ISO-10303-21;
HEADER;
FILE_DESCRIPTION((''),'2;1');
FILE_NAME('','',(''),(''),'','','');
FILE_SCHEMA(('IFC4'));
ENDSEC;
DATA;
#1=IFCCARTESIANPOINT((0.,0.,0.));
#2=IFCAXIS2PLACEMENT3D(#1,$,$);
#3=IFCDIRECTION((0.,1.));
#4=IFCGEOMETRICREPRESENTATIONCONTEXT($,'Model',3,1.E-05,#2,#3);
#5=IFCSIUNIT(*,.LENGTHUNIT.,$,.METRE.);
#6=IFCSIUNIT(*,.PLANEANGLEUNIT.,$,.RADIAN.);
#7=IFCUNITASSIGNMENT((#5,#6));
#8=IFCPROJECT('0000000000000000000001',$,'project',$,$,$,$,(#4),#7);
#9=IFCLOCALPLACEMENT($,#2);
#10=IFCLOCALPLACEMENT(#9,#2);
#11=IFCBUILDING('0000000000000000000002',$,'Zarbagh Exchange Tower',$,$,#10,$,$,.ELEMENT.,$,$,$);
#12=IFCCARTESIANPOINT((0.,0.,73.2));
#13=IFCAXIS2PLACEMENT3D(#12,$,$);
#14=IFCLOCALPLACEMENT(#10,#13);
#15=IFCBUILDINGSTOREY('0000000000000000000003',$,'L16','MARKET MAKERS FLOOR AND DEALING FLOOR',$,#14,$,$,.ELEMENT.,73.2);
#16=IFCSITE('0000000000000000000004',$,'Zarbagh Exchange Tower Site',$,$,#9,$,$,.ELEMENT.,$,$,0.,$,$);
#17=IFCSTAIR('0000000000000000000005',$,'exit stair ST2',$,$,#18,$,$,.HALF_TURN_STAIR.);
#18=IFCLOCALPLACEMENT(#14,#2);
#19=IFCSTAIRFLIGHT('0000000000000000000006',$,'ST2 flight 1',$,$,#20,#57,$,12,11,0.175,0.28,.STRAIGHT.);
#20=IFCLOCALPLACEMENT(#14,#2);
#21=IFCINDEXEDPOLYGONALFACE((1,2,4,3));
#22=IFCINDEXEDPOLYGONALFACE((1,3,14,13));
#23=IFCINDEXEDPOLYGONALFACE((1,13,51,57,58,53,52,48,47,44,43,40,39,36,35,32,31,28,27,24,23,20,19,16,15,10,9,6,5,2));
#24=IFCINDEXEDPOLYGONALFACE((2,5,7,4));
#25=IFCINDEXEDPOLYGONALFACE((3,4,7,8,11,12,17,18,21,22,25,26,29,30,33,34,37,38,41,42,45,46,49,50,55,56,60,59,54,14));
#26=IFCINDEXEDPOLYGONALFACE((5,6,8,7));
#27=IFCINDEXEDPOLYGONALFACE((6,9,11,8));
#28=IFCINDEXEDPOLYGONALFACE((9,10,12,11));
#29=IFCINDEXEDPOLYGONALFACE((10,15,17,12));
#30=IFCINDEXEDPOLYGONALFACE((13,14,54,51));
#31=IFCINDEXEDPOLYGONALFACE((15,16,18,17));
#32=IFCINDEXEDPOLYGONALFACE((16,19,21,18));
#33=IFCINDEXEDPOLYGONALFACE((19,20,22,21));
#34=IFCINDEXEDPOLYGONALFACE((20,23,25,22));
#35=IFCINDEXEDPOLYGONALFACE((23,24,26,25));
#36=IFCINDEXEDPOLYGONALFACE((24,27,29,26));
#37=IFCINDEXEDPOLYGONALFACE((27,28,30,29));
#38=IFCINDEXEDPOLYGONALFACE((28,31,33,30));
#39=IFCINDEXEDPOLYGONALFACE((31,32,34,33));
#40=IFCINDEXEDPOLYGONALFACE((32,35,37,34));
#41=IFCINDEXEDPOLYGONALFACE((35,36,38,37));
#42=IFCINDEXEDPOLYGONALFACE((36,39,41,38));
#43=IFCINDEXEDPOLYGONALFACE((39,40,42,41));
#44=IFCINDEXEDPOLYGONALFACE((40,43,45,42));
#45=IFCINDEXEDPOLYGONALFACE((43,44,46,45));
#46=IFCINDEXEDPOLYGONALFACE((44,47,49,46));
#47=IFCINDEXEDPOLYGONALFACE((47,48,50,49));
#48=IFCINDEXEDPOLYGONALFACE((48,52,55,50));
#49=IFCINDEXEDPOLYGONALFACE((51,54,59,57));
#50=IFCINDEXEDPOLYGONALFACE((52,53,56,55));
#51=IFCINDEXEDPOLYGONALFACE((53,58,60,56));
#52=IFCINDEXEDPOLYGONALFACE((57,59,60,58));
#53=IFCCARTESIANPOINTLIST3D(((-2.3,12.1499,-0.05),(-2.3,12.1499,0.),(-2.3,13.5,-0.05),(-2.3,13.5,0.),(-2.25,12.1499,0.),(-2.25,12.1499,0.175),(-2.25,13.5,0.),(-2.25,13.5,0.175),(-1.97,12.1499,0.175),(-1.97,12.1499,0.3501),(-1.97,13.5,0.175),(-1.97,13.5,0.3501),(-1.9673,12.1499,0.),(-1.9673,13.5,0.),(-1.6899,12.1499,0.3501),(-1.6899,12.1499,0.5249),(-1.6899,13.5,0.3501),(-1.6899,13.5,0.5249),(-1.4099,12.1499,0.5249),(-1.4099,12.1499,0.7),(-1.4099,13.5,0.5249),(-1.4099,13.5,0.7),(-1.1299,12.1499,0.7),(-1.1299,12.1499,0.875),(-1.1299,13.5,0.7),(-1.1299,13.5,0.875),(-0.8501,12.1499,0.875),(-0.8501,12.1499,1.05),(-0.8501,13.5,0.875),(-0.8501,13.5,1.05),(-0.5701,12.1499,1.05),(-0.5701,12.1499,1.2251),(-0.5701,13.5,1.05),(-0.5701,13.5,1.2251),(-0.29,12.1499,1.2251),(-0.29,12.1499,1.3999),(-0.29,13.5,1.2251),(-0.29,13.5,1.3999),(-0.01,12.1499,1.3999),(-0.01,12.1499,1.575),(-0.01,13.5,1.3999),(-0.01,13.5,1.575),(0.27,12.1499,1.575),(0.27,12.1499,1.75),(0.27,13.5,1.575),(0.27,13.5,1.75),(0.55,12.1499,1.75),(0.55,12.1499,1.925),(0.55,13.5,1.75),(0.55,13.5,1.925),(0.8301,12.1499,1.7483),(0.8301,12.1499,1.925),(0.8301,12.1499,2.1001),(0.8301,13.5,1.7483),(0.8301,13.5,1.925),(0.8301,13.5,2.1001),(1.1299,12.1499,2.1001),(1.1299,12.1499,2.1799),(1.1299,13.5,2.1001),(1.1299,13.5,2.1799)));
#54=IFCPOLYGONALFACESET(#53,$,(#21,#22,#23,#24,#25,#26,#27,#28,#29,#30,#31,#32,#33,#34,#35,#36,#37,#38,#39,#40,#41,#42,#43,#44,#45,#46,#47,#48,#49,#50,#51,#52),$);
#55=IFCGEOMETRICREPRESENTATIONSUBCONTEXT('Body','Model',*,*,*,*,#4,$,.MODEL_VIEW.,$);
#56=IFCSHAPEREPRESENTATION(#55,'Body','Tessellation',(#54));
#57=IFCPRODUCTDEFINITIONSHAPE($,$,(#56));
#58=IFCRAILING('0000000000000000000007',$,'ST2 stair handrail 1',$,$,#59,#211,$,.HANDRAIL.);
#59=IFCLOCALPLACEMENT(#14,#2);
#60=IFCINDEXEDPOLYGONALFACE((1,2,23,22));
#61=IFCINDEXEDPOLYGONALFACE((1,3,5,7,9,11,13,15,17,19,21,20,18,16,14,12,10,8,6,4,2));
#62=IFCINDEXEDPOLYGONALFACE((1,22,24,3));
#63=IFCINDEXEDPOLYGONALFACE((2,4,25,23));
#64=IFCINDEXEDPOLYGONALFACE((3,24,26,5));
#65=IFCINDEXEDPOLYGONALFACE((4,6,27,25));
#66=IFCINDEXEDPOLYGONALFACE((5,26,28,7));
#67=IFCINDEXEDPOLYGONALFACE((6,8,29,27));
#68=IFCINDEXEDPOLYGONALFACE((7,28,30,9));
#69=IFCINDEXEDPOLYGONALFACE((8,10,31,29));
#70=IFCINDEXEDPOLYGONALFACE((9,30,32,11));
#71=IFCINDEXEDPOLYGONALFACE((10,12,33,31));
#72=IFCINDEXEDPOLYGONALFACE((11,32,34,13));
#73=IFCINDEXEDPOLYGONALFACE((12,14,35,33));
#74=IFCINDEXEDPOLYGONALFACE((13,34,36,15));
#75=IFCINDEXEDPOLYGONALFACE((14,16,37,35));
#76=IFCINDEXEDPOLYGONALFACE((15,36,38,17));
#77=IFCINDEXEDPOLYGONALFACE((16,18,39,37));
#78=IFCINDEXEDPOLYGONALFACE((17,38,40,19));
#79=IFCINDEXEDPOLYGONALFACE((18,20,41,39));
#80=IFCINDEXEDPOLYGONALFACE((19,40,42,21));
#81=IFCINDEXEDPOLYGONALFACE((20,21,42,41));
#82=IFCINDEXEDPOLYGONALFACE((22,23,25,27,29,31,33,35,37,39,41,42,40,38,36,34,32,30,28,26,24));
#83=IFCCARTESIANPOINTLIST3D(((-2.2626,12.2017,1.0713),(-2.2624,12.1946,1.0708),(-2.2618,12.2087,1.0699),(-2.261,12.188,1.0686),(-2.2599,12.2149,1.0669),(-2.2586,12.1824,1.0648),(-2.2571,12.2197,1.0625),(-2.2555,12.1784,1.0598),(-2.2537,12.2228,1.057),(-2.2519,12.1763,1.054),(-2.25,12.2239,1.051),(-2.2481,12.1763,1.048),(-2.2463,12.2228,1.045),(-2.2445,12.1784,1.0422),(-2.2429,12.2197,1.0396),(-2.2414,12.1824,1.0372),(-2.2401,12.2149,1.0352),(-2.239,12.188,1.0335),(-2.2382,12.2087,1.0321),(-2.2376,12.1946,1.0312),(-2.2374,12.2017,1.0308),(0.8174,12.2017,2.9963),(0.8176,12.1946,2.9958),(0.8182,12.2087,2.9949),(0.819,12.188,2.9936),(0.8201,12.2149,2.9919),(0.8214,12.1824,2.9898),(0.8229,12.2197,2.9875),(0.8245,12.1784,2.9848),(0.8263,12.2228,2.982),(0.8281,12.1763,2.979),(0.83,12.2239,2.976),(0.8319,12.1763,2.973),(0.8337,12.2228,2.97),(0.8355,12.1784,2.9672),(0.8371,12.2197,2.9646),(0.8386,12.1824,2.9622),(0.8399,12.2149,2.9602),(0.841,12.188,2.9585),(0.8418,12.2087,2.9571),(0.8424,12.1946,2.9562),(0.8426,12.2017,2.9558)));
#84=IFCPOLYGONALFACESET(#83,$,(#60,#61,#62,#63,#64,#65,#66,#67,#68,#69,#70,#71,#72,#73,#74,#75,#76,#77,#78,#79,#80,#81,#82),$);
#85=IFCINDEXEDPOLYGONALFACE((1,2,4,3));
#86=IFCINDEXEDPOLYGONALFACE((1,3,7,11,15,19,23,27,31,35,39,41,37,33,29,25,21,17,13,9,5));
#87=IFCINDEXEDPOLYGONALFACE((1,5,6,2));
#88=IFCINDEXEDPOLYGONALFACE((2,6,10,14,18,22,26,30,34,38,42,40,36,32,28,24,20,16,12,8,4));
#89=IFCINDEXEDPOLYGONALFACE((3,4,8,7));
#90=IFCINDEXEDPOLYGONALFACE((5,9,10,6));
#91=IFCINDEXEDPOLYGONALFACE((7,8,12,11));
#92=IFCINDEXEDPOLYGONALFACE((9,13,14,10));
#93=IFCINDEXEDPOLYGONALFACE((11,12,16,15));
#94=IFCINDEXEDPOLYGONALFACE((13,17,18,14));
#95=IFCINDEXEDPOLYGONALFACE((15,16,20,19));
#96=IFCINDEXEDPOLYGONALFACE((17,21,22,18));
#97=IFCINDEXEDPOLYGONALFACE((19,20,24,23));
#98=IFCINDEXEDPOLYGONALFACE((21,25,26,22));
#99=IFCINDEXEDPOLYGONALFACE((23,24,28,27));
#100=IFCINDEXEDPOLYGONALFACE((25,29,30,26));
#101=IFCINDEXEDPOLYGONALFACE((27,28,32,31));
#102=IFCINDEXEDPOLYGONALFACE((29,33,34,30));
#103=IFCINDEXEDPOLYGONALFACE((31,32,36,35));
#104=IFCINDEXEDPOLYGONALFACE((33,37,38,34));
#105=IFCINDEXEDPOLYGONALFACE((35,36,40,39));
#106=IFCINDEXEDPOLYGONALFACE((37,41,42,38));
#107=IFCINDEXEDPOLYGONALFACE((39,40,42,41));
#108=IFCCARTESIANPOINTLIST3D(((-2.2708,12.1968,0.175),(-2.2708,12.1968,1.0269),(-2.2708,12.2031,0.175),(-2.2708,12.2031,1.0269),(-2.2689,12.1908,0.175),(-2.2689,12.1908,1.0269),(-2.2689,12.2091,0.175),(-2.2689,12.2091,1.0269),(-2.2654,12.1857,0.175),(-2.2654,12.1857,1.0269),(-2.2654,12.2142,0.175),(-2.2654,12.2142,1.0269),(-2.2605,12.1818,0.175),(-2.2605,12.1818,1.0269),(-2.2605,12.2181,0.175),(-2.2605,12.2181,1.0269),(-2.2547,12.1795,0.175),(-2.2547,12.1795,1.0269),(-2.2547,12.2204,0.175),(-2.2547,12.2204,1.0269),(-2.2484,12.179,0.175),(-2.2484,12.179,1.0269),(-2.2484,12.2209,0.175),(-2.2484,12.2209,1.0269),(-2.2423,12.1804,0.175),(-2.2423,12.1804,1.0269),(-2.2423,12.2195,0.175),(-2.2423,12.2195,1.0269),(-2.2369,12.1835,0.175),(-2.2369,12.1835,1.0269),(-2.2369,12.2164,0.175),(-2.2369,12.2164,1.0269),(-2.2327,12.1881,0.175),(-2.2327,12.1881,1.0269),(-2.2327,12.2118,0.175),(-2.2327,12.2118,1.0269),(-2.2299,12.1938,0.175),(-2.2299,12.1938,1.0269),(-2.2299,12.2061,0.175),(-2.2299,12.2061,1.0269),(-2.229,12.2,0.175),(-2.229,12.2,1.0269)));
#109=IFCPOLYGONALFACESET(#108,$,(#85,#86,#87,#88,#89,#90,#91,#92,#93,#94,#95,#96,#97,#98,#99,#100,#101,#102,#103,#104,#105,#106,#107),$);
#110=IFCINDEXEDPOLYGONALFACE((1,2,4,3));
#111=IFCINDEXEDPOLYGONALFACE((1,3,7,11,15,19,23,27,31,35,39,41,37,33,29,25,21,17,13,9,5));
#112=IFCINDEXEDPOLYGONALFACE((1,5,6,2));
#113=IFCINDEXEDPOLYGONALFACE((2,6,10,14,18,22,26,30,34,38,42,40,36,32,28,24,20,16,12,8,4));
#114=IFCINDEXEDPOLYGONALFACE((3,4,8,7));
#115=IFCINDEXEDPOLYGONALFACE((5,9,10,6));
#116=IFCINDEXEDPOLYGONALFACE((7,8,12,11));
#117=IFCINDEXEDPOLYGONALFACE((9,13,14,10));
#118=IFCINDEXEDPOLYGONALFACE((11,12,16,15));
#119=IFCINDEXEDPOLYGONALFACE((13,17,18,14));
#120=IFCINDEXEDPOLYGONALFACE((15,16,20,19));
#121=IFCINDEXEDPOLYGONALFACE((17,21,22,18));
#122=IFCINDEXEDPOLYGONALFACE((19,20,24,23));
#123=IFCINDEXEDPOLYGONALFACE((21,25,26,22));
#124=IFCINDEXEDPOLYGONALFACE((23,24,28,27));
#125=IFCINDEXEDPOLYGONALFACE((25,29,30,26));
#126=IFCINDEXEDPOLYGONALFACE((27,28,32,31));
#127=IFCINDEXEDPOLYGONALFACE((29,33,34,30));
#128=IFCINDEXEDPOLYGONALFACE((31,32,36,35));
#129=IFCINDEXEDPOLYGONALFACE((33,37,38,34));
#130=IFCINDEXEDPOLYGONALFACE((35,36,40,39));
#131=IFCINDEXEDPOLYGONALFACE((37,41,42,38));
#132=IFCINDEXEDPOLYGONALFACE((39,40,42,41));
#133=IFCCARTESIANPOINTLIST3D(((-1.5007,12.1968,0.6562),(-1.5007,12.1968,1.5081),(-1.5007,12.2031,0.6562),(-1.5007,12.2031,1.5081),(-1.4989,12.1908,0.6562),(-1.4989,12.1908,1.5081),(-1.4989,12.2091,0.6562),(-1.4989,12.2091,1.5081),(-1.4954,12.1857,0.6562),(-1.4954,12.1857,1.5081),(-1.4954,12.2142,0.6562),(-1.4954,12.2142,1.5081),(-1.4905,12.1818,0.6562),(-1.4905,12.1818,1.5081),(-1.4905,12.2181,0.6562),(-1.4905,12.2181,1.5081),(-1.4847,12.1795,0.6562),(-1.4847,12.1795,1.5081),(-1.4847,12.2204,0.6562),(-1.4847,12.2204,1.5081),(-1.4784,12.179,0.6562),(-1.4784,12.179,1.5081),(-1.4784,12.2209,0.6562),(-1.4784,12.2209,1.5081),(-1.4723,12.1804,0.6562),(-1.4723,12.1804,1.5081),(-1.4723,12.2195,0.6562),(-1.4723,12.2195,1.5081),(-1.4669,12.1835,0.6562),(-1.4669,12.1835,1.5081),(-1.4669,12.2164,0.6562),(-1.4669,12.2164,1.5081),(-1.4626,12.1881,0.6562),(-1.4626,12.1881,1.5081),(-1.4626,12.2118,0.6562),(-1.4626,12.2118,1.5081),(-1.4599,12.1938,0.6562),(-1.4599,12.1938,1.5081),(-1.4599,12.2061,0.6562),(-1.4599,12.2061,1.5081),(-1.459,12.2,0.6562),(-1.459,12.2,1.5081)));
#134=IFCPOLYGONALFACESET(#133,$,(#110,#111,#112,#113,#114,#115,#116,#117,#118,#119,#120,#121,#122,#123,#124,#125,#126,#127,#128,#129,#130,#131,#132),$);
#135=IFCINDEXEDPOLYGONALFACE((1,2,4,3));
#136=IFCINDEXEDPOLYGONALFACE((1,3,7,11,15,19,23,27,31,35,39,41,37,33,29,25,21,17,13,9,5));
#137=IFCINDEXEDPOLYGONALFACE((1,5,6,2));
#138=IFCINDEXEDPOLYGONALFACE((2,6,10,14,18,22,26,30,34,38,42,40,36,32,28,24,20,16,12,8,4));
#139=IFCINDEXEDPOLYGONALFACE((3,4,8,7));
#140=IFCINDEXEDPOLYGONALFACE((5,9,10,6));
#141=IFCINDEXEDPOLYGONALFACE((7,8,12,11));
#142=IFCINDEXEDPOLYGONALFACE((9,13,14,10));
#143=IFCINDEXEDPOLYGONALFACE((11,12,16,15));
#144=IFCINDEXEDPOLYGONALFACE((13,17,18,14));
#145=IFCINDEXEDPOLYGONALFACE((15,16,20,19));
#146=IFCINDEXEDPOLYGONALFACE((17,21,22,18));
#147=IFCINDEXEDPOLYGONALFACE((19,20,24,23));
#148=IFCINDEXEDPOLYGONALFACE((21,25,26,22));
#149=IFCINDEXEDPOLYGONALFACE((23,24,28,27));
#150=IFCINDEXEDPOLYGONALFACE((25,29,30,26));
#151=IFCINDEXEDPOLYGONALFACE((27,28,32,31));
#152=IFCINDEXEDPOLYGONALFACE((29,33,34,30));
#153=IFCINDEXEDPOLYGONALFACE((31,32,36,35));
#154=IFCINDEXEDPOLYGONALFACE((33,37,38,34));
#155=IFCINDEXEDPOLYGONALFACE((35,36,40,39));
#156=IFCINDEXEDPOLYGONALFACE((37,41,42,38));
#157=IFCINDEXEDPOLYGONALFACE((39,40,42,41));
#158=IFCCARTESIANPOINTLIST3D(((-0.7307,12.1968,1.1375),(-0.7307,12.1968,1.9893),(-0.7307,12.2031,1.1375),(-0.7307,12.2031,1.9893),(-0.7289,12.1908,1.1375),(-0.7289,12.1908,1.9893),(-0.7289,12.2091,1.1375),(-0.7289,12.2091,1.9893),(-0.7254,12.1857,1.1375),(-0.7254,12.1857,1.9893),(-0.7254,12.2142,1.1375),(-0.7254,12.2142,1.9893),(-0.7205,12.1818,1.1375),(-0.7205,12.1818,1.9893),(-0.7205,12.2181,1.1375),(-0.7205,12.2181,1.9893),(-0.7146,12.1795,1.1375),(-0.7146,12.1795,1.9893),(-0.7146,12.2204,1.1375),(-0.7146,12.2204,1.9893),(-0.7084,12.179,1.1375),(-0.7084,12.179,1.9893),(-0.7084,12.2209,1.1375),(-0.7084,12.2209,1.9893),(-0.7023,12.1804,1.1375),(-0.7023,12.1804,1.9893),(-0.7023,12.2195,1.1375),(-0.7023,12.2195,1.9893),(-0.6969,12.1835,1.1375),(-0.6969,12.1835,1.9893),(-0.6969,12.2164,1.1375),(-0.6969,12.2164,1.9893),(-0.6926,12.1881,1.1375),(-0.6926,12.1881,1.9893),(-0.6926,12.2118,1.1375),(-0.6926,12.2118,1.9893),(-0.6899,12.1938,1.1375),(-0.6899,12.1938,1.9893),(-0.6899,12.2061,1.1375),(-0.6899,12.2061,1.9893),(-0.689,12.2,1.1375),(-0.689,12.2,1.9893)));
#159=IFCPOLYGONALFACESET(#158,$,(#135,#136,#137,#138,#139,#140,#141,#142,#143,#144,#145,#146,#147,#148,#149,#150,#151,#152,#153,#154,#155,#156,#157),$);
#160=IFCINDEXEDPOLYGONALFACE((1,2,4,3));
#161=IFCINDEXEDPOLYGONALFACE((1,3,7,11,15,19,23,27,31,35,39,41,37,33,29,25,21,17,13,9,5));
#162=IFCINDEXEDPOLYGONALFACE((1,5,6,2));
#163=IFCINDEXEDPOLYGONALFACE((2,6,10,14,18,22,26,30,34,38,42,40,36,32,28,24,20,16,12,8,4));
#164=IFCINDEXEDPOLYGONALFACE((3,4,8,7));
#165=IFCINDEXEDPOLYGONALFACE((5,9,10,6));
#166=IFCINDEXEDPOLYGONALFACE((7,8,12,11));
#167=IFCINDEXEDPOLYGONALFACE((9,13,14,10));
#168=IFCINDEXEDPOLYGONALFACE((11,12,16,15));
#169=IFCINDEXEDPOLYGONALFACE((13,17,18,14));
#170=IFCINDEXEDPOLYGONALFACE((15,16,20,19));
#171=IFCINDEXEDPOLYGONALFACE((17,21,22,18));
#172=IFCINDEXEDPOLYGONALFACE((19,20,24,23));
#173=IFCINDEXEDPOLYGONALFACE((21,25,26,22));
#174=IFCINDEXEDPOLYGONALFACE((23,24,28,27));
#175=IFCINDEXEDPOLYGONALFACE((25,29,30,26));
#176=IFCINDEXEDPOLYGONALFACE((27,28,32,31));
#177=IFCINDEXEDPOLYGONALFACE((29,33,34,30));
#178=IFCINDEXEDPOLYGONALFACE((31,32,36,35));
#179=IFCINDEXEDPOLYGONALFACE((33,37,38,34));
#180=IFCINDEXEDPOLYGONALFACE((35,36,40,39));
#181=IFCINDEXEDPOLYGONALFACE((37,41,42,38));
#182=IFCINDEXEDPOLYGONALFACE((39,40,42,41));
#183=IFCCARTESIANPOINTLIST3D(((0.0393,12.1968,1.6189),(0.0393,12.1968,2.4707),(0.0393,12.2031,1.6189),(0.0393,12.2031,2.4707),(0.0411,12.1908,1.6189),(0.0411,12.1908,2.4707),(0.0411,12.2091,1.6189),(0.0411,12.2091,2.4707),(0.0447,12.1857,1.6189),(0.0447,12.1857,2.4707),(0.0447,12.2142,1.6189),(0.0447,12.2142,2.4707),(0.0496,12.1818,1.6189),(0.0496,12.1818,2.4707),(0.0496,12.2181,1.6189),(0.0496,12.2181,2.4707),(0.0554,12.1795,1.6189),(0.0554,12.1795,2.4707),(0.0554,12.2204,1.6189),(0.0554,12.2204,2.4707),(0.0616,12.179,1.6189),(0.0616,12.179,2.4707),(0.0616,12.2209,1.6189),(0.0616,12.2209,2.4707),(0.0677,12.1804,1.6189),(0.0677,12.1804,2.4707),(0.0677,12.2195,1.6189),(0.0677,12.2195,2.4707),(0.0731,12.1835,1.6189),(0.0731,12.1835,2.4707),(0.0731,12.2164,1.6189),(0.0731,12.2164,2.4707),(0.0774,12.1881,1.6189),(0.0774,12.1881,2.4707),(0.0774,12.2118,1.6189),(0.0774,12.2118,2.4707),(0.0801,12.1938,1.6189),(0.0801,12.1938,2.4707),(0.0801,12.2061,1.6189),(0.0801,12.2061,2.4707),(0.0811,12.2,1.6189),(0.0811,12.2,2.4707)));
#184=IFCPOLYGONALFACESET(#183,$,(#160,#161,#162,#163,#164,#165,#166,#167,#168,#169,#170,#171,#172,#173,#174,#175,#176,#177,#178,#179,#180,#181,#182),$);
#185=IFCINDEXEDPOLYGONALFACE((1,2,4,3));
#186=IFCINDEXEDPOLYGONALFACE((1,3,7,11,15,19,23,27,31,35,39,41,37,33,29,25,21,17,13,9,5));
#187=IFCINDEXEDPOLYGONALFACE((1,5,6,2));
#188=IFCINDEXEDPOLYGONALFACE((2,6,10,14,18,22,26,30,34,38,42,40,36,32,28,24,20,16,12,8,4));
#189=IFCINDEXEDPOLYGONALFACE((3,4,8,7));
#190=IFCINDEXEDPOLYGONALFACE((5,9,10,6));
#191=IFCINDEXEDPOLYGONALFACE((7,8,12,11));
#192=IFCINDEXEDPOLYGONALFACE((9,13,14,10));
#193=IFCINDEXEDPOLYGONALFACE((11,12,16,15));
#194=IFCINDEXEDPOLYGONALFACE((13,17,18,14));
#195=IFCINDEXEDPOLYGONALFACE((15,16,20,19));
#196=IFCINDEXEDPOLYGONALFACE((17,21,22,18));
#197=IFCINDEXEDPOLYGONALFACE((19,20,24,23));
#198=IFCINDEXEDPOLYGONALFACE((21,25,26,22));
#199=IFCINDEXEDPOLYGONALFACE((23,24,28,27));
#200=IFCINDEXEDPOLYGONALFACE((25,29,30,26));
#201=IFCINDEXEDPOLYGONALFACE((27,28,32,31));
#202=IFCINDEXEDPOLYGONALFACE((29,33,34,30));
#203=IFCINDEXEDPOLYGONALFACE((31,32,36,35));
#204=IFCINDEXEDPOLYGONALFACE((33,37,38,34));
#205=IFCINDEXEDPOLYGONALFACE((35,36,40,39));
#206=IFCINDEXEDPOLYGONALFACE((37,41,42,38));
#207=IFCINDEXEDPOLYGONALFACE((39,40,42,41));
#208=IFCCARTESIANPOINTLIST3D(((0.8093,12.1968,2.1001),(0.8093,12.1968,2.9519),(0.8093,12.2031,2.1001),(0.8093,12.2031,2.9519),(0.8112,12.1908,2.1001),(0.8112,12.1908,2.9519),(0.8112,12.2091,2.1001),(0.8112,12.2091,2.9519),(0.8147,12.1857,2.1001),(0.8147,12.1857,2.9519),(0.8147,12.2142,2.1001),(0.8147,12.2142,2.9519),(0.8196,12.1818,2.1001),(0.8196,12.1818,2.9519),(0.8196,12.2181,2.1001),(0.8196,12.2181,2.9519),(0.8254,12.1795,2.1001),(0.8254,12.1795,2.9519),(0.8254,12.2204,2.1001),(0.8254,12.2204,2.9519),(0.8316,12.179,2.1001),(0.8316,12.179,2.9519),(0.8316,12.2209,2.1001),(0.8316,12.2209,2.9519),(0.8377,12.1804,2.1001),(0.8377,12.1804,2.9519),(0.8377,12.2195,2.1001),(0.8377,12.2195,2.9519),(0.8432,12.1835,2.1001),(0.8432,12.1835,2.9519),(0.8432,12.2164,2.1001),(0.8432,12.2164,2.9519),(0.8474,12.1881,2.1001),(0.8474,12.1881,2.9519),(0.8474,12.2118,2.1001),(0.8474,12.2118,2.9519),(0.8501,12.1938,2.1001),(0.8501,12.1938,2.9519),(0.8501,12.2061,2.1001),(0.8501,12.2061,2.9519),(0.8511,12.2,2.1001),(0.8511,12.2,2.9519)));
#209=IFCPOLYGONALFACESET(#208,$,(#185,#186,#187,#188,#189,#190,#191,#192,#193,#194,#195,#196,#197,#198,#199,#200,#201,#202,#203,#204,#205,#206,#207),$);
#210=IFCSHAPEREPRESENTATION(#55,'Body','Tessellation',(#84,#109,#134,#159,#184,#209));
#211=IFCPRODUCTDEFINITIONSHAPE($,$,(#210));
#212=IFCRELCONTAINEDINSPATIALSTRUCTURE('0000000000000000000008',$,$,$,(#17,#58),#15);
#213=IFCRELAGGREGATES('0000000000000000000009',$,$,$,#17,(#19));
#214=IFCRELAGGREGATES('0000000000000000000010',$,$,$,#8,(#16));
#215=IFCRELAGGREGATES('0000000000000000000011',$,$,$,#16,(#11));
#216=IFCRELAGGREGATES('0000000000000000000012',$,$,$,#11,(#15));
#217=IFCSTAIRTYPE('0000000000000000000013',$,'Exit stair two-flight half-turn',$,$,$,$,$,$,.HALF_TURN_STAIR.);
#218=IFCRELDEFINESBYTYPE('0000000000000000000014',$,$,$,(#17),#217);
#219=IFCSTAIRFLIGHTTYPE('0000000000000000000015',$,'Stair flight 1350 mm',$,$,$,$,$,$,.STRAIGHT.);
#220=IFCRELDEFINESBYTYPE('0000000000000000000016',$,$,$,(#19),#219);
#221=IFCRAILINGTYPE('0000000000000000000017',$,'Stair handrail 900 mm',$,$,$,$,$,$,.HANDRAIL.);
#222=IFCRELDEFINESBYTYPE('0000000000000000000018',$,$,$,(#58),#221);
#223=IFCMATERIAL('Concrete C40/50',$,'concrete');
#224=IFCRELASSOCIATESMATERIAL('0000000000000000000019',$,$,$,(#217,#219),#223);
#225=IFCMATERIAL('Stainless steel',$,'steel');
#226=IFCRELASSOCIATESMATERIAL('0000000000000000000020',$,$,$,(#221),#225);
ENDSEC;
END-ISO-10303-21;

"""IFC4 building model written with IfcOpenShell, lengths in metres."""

from ifc_helpers import new_model, si_unit, direction, frame, origin, origin_2d, place, context, subcontext, project, spatial, polyline, circle, outline, extrude, material, type_object, element, aggregate, save


model = new_model("IFC4")

# Units and contexts
model_context = context("Model", 3, precision=1e-05, world=origin(), true_north=direction((0.0, 1.0)))
body_context = subcontext(model_context, "Body", "Model", "MODEL_VIEW")
ifc_project = project(units=[si_unit("LENGTHUNIT", "METRE"), si_unit("PLANEANGLEUNIT", "RADIAN")], contexts=[model_context])

# Site, building, storey
site_placement = place(None, origin())
site = spatial("IfcSite", under=ifc_project, at=site_placement, Name="Zarbagh Exchange Tower Site", CompositionType="ELEMENT", RefElevation=0.0)
building_placement = place(site_placement, origin())
building = spatial("IfcBuilding", under=site, at=building_placement, Name="Zarbagh Exchange Tower", CompositionType="ELEMENT")
storey_placement = place(building_placement, frame((0.0, 0.0, 73.2)))
storey = spatial("IfcBuildingStorey", under=building, at=storey_placement, Name="L16", Description="MARKET MAKERS FLOOR AND DEALING FLOOR", CompositionType="ELEMENT", Elevation=73.2)

# Shared definitions
ifc_material_1 = material(Name="Concrete C40/50", Category="concrete")

# Stair, stair flight
stair_type = type_object("IfcStairType", Name="Exit stair two-flight half-turn", PredefinedType="HALF_TURN_STAIR", material=ifc_material_1)
stair_placement = place(storey_placement, origin())
stair = element("IfcStair", 1, at=stair_placement, inside=storey, type_object=stair_type, Name="exit stair ST2", PredefinedType="HALF_TURN_STAIR")
stair_flight_type = type_object("IfcStairFlightType", Name="Stair flight 1350 mm", PredefinedType="STRAIGHT", material=ifc_material_1)
stair_flight_placement = place(storey_placement, frame((-2.25, 12.825, 0.0), z_axis=(0.0, 0.0, 1.0), x_axis=(1.0, 0.0, 0.0)))
stair_flight = element("IfcStairFlight", 2, at=stair_flight_placement, type_object=stair_flight_type, Name="ST2 flight 1", NumberOfRisers=12, NumberOfTreads=11, PredefinedType="STRAIGHT", RiserHeight=0.175, TreadLength=0.28, context=body_context, shape_type="SweptSolid", body=[
    extrude(outline(polyline([(-0.05, -0.05), (-0.05, 0.0), (0.0, 0.0), (0.0, 0.175), (0.28, 0.175), (0.28, 0.3501), (0.5601, 0.3501), (0.5601, 0.5249), (0.8401, 0.5249), (0.8401, 0.7), (1.1201, 0.7), (1.1201, 0.875), (1.3999, 0.875), (1.3999, 1.05), (1.6799, 1.05), (1.6799, 1.2251), (1.96, 1.2251), (1.96, 1.3999), (2.24, 1.3999), (2.24, 1.575), (2.52, 1.575), (2.52, 1.75), (2.8, 1.75), (2.8, 1.925), (3.0801, 1.925), (3.0801, 2.1001), (3.3799, 2.1799), (3.3799, 2.1001), (3.0801, 1.7483), (0.2827, 0.0), (-0.05, -0.05)])), frame((0.0, 0.675, 0.0), z_axis=(0.0, -1.0, 0.0), x_axis=(1.0, 0.0, 0.0)), (0.0, 0.0, 1.0), 1.3501),
])
aggregate(stair, [stair_flight])

# Railing
ifc_material_2 = material(Name="Stainless steel", Category="steel")
railing_type = type_object("IfcRailingType", Name="Stair handrail 900 mm", PredefinedType="HANDRAIL", material=ifc_material_2)
railing_placement = place(storey_placement, frame((-2.25, 12.2, 0.175)))
element("IfcRailing", 3, at=railing_placement, inside=storey, type_object=railing_type, Name="ST2 stair handrail 1", PredefinedType="HANDRAIL", context=body_context, shape_type="SweptSolid", body=[
    extrude(circle(Radius=0.0239, at=origin_2d()), frame((0.0, 0.0, 0.876), z_axis=(0.847998, 0.0, 0.529999), x_axis=(0.0, 1.0, 0.0)), (0.0, 0.0, 1.0), 3.6321),
    extrude(circle(Radius=0.021, at=origin_2d()), origin(), (0.0, 0.0, 1.0), 0.8518),
    extrude(circle(Radius=0.021, at=origin_2d()), frame((0.77, 0.0, 0.4812)), (0.0, 0.0, 1.0), 0.8518),
    extrude(circle(Radius=0.021, at=origin_2d()), frame((1.54, 0.0, 0.9624)), (0.0, 0.0, 1.0), 0.8518),
    extrude(circle(Radius=0.021, at=origin_2d()), frame((2.3101, 0.0, 1.4438)), (0.0, 0.0, 1.0), 0.8518),
    extrude(circle(Radius=0.021, at=origin_2d()), frame((3.0801, 0.0, 1.925)), (0.0, 0.0, 1.0), 0.8518),
])

save(model, "model.ifc")
